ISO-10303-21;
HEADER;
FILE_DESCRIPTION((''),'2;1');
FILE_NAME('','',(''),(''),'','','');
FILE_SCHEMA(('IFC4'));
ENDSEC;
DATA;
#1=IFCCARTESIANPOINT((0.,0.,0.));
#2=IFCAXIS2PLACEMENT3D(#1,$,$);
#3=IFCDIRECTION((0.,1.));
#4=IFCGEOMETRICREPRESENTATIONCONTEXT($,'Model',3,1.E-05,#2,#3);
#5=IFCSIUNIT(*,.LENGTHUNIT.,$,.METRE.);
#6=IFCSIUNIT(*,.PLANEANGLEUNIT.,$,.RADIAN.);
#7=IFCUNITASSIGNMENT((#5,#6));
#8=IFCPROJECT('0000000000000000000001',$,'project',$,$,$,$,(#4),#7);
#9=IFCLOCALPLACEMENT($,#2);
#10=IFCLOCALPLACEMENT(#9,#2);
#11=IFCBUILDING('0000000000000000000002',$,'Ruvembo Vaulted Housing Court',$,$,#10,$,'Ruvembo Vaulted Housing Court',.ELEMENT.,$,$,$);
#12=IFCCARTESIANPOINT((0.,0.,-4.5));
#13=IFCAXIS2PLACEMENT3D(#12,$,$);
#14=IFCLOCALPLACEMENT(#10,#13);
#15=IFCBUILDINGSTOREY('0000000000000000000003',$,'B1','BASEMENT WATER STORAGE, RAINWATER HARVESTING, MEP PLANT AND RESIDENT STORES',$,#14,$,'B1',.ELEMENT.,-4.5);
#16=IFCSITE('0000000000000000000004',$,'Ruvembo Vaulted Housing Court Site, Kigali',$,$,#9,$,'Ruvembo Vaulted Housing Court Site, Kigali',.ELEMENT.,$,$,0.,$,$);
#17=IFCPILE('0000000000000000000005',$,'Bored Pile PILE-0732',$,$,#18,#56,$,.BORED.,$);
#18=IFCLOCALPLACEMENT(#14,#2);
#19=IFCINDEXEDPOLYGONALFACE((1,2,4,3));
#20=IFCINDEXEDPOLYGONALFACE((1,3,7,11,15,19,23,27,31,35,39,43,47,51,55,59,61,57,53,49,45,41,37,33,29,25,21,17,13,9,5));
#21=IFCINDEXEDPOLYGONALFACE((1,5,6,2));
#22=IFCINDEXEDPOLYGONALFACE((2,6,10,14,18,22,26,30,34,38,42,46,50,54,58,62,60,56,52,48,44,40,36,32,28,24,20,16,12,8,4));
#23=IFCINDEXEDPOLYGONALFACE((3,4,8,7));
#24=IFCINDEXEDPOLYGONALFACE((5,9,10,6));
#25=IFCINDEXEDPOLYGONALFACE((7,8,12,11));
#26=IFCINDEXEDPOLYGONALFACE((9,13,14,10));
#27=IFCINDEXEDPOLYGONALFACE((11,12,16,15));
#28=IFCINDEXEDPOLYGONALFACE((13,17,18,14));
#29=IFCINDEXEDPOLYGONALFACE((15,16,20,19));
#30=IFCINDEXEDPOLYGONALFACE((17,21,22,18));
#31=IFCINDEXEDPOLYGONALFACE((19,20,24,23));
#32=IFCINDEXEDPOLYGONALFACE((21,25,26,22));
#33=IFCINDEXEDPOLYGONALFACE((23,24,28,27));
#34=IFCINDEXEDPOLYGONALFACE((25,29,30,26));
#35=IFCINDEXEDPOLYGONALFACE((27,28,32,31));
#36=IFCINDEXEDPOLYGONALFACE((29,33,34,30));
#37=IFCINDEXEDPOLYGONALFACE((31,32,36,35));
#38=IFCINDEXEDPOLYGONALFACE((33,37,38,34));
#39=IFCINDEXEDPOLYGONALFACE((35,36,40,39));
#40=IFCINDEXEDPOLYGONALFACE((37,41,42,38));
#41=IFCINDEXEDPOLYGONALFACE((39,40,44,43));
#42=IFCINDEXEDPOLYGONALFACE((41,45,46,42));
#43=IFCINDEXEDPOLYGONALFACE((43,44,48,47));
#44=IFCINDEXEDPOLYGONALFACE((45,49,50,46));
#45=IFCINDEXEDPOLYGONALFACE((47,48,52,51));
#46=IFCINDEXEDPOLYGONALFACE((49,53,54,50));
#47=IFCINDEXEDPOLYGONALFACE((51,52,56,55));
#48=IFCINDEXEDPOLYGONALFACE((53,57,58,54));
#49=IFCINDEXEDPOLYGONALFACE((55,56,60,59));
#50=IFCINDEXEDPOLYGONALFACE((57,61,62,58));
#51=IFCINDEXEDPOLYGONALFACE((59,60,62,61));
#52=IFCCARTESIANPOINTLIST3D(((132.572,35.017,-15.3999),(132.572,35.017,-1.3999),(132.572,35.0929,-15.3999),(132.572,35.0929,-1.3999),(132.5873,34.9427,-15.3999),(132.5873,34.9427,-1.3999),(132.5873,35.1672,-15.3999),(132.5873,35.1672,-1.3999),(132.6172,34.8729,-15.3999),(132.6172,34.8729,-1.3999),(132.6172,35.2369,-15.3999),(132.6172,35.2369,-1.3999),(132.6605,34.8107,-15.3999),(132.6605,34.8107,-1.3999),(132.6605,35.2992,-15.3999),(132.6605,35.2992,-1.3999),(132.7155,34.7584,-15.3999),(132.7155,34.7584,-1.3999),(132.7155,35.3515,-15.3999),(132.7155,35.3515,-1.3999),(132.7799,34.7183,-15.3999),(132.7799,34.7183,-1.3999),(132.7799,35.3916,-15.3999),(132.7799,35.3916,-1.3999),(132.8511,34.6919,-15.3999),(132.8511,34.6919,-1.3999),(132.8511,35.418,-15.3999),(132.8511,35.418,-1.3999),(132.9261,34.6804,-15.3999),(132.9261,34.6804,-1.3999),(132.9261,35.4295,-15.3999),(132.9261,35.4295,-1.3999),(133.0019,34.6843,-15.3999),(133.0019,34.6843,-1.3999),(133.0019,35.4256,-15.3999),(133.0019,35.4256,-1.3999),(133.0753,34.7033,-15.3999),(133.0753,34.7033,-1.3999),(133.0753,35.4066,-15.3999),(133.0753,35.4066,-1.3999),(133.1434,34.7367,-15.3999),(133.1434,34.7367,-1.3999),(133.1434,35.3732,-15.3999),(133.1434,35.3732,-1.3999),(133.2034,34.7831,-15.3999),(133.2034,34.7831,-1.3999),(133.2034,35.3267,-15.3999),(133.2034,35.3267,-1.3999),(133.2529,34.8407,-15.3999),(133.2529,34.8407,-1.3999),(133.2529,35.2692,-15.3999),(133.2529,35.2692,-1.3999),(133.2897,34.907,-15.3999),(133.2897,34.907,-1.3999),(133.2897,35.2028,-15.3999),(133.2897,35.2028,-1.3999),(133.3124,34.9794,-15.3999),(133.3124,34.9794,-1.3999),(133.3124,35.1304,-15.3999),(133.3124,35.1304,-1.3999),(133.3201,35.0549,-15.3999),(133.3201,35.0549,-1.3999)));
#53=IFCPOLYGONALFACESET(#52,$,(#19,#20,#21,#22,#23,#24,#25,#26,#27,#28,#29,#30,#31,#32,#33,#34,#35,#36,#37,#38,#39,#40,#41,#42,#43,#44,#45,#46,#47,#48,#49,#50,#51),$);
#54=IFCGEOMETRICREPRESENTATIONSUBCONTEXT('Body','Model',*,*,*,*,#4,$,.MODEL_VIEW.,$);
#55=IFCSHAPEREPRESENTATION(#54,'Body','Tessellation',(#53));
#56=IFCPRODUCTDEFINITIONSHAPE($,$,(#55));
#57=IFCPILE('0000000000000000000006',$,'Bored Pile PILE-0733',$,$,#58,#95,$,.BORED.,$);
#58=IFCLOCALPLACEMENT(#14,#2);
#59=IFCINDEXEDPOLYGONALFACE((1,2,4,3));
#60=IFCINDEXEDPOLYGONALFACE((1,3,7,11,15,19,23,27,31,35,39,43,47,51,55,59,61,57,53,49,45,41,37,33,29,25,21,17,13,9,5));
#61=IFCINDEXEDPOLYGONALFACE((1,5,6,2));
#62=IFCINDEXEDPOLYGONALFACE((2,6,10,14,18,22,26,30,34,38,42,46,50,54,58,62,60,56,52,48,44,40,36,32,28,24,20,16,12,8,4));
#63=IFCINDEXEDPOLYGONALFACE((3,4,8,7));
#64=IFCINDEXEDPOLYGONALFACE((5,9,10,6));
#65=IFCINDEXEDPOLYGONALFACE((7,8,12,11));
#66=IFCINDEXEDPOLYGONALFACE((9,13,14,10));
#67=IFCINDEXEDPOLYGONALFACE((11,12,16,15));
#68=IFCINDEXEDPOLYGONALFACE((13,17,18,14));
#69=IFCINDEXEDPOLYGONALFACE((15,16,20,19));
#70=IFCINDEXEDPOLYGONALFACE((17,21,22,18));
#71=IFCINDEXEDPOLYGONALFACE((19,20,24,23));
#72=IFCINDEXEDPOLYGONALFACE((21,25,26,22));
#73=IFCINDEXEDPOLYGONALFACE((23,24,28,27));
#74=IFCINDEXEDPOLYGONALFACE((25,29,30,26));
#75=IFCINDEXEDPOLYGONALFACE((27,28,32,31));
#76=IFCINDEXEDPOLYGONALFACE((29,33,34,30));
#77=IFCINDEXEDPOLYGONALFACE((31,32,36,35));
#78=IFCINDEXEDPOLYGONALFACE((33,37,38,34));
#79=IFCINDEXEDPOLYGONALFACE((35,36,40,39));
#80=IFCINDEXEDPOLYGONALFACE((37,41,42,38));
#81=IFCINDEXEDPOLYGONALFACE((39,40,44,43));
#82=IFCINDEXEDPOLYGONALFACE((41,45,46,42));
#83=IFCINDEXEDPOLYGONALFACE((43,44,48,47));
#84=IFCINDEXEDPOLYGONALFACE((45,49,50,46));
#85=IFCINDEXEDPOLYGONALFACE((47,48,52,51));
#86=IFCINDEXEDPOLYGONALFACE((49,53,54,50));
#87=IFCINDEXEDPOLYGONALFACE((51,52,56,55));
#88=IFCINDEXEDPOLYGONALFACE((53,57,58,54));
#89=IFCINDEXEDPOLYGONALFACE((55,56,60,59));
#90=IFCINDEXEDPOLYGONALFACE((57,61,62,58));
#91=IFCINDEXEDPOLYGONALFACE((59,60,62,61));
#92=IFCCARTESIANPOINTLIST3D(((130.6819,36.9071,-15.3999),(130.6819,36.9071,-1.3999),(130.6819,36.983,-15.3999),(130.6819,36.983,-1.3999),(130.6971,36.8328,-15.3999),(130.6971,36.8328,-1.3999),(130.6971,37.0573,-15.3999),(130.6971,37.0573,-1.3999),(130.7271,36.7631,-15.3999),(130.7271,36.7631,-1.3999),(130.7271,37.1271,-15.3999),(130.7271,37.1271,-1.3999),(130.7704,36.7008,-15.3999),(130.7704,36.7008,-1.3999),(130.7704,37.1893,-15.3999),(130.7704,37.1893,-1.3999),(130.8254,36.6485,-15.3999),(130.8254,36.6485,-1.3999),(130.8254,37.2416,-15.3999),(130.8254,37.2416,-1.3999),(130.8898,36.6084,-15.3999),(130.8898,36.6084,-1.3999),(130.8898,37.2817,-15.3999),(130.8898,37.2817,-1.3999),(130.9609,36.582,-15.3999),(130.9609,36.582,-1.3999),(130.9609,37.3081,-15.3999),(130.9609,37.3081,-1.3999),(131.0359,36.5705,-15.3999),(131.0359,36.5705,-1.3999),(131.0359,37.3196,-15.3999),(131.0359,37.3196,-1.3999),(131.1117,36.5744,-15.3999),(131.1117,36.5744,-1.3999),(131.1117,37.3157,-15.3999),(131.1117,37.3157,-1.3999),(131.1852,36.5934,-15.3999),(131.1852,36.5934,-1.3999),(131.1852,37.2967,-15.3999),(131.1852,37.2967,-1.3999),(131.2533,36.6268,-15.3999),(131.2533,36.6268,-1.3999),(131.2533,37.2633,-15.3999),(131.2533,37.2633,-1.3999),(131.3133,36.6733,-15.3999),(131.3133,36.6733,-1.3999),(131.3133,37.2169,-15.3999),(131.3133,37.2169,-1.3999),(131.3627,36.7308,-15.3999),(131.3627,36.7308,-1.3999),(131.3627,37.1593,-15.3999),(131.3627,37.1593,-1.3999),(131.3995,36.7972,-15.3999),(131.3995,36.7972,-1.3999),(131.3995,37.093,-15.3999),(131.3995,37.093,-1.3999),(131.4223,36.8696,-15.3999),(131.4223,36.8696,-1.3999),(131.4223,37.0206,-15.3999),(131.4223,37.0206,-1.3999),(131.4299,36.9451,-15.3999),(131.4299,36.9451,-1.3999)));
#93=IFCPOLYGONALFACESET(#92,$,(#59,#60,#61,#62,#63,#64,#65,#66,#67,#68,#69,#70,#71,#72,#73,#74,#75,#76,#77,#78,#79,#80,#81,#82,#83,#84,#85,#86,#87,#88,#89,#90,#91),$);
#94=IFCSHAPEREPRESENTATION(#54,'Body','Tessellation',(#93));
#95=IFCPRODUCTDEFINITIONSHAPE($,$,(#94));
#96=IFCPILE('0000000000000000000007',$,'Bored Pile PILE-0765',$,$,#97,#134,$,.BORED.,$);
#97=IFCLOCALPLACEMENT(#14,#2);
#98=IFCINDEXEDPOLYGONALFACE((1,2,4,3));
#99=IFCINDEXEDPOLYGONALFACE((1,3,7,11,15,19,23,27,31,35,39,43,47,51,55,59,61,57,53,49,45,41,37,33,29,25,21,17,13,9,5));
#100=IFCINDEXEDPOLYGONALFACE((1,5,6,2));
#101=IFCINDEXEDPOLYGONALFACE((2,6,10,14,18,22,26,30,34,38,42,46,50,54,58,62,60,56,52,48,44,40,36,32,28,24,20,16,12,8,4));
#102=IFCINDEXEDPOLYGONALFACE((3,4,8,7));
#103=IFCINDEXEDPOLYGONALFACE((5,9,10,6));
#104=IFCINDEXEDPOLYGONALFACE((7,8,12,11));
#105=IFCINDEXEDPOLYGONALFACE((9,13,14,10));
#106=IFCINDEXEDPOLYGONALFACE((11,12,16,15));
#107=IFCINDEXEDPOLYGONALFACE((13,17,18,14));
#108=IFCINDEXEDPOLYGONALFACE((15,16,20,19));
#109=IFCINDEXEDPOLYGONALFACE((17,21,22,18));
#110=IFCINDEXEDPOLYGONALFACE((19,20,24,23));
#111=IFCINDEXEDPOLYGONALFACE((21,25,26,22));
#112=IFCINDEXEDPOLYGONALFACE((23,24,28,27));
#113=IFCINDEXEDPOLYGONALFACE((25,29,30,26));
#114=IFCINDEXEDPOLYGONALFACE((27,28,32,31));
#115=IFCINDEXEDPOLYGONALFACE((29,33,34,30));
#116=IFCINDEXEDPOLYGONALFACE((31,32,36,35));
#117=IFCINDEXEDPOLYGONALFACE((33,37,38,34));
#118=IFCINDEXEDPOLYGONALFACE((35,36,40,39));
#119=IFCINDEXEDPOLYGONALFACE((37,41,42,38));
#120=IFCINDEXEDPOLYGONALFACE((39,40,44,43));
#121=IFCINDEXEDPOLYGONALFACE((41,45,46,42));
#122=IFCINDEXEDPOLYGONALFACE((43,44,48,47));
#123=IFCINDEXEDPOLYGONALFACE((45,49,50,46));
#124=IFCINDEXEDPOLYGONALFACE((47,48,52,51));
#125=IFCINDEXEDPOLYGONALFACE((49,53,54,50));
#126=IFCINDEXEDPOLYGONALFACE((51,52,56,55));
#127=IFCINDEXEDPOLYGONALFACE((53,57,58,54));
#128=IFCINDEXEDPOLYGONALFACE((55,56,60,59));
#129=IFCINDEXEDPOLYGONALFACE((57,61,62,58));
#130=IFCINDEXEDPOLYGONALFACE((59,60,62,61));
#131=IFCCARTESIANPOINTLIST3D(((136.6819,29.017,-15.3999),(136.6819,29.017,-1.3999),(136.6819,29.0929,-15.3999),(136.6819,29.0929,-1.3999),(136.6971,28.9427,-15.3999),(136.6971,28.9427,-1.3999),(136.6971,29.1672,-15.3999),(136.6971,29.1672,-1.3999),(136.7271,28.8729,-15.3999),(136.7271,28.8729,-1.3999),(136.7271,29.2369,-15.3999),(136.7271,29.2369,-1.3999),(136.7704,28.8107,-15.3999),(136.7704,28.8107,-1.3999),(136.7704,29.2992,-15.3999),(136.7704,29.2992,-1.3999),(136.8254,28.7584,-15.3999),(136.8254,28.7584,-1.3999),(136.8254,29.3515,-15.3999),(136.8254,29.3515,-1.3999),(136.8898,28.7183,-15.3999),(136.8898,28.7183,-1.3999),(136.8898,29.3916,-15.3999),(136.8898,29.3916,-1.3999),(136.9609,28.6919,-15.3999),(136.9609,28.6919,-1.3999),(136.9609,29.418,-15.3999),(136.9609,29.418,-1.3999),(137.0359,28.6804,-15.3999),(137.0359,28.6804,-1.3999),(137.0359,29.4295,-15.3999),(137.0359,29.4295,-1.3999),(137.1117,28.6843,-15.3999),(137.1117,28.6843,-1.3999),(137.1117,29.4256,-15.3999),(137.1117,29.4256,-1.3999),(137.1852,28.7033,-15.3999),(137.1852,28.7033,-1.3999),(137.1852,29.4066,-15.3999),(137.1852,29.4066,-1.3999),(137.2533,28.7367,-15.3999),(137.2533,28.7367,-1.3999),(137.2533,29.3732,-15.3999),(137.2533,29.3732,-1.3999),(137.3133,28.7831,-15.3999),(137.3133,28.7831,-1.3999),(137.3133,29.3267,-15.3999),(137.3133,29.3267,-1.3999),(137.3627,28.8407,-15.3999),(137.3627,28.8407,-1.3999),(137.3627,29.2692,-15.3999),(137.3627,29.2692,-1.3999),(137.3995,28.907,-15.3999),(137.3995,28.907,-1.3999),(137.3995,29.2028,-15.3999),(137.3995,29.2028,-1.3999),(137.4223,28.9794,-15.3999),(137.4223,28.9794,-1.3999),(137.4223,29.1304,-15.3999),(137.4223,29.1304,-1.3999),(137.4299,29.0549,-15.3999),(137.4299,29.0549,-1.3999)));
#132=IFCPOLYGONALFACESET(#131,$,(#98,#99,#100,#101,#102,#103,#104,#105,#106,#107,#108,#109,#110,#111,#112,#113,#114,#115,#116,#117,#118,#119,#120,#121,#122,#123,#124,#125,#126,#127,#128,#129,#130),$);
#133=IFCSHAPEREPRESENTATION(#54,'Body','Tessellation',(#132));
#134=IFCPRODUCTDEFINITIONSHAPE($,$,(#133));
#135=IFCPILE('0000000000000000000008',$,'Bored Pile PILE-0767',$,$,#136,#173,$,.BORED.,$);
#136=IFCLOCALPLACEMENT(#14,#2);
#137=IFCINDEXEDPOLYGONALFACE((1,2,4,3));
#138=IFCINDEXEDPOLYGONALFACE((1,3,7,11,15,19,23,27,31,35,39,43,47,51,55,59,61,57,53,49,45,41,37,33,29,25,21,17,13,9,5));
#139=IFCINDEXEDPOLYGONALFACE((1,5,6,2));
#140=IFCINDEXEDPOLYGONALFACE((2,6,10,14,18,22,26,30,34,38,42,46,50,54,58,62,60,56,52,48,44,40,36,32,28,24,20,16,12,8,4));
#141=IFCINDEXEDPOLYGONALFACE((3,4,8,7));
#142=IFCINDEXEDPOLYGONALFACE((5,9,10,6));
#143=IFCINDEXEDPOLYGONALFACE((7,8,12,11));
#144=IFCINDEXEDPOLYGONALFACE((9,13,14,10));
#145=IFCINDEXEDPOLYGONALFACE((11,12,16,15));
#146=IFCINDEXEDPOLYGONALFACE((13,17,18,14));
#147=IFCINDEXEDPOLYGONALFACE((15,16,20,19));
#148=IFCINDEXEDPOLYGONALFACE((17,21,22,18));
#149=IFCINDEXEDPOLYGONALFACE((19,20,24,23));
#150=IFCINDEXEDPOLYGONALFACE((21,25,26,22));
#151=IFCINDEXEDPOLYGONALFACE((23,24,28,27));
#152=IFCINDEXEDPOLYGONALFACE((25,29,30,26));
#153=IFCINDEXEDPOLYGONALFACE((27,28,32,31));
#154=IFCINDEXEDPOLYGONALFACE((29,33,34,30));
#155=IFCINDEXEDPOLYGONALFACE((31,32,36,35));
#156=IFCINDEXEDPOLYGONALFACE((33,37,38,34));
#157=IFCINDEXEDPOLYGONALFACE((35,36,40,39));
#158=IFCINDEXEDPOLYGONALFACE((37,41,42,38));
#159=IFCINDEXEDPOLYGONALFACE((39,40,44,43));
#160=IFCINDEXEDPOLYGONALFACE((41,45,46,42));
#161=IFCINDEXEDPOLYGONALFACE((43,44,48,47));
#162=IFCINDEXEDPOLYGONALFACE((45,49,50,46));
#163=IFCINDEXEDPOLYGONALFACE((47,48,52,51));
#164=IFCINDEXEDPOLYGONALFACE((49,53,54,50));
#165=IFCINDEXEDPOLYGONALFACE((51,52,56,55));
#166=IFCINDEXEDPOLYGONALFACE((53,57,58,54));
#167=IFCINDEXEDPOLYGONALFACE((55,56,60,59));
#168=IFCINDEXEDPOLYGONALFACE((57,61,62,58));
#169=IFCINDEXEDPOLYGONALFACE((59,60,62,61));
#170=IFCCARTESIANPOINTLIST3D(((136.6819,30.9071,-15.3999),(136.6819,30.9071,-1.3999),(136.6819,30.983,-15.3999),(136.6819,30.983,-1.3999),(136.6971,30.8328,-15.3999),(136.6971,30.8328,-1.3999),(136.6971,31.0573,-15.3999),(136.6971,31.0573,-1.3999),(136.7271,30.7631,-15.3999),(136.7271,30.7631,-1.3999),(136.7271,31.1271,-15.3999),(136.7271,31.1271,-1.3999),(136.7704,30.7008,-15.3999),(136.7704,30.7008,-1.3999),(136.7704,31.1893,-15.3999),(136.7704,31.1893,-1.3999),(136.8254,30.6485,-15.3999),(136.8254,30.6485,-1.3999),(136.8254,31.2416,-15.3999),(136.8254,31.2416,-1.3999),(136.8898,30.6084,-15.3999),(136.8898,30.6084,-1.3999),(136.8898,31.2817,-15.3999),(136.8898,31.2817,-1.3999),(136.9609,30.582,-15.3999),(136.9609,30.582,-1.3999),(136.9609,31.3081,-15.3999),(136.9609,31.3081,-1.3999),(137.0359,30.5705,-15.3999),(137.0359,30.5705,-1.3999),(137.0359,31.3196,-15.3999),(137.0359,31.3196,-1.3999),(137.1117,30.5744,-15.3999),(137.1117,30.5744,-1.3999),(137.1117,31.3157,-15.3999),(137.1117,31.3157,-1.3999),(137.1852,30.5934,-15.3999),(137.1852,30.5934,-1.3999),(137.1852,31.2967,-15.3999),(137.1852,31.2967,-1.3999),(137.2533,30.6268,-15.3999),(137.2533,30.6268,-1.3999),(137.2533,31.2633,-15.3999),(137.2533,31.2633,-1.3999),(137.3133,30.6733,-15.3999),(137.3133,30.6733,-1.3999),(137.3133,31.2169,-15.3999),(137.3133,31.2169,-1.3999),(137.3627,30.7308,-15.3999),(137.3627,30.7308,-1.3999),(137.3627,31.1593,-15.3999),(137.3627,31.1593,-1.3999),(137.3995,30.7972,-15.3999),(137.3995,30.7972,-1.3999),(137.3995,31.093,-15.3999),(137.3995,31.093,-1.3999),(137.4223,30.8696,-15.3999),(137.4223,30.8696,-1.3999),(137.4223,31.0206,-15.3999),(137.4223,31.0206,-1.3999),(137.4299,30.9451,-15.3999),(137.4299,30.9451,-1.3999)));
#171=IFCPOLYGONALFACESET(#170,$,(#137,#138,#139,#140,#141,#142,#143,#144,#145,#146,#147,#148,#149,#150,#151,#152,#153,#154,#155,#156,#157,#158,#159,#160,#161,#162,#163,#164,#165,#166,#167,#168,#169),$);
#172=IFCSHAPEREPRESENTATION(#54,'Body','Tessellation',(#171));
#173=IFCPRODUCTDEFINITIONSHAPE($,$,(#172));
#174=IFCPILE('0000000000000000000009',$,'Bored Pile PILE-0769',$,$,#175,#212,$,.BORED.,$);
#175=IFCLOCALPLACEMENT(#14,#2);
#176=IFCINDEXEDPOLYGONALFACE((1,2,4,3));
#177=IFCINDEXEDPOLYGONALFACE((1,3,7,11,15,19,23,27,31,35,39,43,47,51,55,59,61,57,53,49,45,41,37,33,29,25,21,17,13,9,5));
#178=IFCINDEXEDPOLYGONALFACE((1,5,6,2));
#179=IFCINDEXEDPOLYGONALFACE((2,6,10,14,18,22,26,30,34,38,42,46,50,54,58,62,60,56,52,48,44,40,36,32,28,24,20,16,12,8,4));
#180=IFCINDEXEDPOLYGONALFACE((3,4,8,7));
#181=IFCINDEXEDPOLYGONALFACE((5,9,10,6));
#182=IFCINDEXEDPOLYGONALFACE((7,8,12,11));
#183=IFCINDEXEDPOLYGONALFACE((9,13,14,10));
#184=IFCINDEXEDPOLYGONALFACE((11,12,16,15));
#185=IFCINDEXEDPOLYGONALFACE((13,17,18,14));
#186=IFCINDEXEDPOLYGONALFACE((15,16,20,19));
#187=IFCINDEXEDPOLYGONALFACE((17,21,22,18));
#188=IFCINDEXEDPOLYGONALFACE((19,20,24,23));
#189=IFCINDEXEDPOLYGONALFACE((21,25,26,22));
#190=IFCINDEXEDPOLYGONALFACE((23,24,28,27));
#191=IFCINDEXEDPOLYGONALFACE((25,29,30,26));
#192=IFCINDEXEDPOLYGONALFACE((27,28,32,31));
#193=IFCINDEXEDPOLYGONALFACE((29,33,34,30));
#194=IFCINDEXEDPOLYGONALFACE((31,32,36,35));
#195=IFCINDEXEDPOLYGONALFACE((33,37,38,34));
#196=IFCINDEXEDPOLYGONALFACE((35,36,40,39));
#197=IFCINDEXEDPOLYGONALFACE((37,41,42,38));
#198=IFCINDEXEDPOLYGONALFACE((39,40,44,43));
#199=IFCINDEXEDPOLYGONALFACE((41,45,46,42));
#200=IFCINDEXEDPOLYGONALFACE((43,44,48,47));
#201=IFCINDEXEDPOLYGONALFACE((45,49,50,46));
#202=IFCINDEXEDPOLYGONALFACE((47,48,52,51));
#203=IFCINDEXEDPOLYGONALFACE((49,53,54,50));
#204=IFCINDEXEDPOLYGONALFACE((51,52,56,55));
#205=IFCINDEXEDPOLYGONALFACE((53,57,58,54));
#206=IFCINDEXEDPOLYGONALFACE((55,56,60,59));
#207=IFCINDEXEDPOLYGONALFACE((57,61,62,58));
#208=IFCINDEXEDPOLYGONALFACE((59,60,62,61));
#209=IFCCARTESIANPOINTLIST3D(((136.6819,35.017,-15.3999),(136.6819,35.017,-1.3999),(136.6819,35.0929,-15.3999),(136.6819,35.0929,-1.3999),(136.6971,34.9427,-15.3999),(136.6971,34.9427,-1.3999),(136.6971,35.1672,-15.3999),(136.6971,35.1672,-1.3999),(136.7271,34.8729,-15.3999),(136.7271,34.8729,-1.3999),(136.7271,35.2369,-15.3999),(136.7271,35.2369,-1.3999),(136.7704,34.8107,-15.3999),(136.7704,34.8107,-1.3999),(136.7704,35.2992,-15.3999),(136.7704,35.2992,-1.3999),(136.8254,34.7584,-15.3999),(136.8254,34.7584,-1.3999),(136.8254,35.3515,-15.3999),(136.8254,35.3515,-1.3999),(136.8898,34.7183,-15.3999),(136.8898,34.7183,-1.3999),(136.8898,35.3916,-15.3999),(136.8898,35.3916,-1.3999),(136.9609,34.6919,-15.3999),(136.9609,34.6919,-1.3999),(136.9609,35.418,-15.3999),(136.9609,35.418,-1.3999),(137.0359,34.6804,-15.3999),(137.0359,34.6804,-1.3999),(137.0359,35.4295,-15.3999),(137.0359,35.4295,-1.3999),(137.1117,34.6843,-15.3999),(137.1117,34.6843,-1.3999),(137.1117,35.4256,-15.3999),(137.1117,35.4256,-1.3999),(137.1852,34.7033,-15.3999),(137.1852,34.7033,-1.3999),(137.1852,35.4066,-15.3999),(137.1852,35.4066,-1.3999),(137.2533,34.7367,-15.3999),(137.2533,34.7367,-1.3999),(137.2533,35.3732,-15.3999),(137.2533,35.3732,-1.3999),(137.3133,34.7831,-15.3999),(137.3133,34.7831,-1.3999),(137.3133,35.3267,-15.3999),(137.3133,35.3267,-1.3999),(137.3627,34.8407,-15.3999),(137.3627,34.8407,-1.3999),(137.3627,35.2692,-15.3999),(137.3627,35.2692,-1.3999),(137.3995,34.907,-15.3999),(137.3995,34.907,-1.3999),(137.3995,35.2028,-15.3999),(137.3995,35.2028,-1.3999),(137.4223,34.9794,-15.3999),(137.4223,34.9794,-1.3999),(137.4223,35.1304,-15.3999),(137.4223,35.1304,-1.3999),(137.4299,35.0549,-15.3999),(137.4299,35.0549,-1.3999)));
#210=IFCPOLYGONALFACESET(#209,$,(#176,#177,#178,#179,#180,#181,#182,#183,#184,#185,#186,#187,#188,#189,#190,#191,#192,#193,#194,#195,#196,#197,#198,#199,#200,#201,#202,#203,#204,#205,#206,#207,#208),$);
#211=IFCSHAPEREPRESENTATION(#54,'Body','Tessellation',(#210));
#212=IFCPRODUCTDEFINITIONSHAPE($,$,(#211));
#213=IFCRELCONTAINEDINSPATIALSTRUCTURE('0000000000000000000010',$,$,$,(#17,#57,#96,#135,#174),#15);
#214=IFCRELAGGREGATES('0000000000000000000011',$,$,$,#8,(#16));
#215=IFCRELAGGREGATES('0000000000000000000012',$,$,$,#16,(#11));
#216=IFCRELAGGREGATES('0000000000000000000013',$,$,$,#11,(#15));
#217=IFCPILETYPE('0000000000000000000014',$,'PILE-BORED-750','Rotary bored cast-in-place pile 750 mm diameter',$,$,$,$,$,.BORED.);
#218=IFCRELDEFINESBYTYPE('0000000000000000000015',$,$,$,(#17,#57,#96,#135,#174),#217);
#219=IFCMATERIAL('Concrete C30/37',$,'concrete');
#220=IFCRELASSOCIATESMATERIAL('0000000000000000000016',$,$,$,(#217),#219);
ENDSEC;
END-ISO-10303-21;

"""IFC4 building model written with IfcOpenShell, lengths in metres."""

from ifc_helpers import new_model, si_unit, direction, frame, origin, origin_2d, place, context, subcontext, project, spatial, circle, extrude, material, material_profile, profile_set, type_object, element, save


model = new_model("IFC4")

# Units and contexts
model_context = context("Model", 3, precision=1e-05, world=origin(), true_north=direction((0.0, 1.0)))
body_context = subcontext(model_context, "Body", "Model", "MODEL_VIEW")
ifc_project = project(units=[si_unit("LENGTHUNIT", "METRE"), si_unit("PLANEANGLEUNIT", "RADIAN")], contexts=[model_context])

# Site, building, storey
site_placement = place(None, origin())
site = spatial("IfcSite", under=ifc_project, at=site_placement, Name="Ruvembo Vaulted Housing Court Site, Kigali", LongName="Ruvembo Vaulted Housing Court Site, Kigali", CompositionType="ELEMENT", RefElevation=0.0)
building_placement = place(site_placement, origin())
building = spatial("IfcBuilding", under=site, at=building_placement, Name="Ruvembo Vaulted Housing Court", LongName="Ruvembo Vaulted Housing Court", CompositionType="ELEMENT")
storey_placement = place(building_placement, frame((0.0, 0.0, -4.5)))
storey = spatial("IfcBuildingStorey", under=building, at=storey_placement, Name="B1", Description="BASEMENT WATER STORAGE, RAINWATER HARVESTING, MEP PLANT AND RESIDENT STORES", LongName="B1", CompositionType="ELEMENT", Elevation=-4.5)

# Piles
ifc_material_1 = material(Name="Concrete C30/37", Category="concrete")
ifc_material_profile_1 = material_profile(ifc_material_1, circle(Radius=0.375, at=origin_2d()), Name="PILE D750")
ifc_profile_set_1 = profile_set([ifc_material_profile_1], Name="Concrete C30/37")
pile_type = type_object("IfcPileType", Name="PILE-BORED-750", Description="Rotary bored cast-in-place pile 750 mm diameter", PredefinedType="BORED", material=ifc_profile_set_1)
for number, where, z_axis, x_axis, name in (
    (1, (132.9451, 35.0549, -1.3999), (0.0, 0.0, -1.0), (1.0, 0.0, 0.0), "Bored Pile PILE-0732"),
    (2, (131.0549, 36.9451, -1.3999), (0.0, 0.0, -1.0), (1.0, 0.0, 0.0), "Bored Pile PILE-0733"),
    (3, (137.0549, 29.0549, -1.3999), (0.0, 0.0, -1.0), (1.0, 0.0, 0.0), "Bored Pile PILE-0765"),
    (4, (137.0549, 30.9451, -1.3999), (0.0, 0.0, -1.0), (1.0, 0.0, 0.0), "Bored Pile PILE-0767"),
    (5, (137.0549, 35.0549, -1.3999), (0.0, 0.0, -1.0), (1.0, 0.0, 0.0), "Bored Pile PILE-0769"),
):
    element("IfcPile", number, at=place(storey_placement, frame(where, z_axis=z_axis, x_axis=x_axis)), inside=storey, type_object=pile_type, Name=name, PredefinedType="BORED", context=body_context, shape_type="SweptSolid", body=[
        extrude(circle(Radius=0.375, at=origin_2d()), origin(), (0.0, 0.0, 1.0), 14.0),
    ])

save(model, "model.ifc")
